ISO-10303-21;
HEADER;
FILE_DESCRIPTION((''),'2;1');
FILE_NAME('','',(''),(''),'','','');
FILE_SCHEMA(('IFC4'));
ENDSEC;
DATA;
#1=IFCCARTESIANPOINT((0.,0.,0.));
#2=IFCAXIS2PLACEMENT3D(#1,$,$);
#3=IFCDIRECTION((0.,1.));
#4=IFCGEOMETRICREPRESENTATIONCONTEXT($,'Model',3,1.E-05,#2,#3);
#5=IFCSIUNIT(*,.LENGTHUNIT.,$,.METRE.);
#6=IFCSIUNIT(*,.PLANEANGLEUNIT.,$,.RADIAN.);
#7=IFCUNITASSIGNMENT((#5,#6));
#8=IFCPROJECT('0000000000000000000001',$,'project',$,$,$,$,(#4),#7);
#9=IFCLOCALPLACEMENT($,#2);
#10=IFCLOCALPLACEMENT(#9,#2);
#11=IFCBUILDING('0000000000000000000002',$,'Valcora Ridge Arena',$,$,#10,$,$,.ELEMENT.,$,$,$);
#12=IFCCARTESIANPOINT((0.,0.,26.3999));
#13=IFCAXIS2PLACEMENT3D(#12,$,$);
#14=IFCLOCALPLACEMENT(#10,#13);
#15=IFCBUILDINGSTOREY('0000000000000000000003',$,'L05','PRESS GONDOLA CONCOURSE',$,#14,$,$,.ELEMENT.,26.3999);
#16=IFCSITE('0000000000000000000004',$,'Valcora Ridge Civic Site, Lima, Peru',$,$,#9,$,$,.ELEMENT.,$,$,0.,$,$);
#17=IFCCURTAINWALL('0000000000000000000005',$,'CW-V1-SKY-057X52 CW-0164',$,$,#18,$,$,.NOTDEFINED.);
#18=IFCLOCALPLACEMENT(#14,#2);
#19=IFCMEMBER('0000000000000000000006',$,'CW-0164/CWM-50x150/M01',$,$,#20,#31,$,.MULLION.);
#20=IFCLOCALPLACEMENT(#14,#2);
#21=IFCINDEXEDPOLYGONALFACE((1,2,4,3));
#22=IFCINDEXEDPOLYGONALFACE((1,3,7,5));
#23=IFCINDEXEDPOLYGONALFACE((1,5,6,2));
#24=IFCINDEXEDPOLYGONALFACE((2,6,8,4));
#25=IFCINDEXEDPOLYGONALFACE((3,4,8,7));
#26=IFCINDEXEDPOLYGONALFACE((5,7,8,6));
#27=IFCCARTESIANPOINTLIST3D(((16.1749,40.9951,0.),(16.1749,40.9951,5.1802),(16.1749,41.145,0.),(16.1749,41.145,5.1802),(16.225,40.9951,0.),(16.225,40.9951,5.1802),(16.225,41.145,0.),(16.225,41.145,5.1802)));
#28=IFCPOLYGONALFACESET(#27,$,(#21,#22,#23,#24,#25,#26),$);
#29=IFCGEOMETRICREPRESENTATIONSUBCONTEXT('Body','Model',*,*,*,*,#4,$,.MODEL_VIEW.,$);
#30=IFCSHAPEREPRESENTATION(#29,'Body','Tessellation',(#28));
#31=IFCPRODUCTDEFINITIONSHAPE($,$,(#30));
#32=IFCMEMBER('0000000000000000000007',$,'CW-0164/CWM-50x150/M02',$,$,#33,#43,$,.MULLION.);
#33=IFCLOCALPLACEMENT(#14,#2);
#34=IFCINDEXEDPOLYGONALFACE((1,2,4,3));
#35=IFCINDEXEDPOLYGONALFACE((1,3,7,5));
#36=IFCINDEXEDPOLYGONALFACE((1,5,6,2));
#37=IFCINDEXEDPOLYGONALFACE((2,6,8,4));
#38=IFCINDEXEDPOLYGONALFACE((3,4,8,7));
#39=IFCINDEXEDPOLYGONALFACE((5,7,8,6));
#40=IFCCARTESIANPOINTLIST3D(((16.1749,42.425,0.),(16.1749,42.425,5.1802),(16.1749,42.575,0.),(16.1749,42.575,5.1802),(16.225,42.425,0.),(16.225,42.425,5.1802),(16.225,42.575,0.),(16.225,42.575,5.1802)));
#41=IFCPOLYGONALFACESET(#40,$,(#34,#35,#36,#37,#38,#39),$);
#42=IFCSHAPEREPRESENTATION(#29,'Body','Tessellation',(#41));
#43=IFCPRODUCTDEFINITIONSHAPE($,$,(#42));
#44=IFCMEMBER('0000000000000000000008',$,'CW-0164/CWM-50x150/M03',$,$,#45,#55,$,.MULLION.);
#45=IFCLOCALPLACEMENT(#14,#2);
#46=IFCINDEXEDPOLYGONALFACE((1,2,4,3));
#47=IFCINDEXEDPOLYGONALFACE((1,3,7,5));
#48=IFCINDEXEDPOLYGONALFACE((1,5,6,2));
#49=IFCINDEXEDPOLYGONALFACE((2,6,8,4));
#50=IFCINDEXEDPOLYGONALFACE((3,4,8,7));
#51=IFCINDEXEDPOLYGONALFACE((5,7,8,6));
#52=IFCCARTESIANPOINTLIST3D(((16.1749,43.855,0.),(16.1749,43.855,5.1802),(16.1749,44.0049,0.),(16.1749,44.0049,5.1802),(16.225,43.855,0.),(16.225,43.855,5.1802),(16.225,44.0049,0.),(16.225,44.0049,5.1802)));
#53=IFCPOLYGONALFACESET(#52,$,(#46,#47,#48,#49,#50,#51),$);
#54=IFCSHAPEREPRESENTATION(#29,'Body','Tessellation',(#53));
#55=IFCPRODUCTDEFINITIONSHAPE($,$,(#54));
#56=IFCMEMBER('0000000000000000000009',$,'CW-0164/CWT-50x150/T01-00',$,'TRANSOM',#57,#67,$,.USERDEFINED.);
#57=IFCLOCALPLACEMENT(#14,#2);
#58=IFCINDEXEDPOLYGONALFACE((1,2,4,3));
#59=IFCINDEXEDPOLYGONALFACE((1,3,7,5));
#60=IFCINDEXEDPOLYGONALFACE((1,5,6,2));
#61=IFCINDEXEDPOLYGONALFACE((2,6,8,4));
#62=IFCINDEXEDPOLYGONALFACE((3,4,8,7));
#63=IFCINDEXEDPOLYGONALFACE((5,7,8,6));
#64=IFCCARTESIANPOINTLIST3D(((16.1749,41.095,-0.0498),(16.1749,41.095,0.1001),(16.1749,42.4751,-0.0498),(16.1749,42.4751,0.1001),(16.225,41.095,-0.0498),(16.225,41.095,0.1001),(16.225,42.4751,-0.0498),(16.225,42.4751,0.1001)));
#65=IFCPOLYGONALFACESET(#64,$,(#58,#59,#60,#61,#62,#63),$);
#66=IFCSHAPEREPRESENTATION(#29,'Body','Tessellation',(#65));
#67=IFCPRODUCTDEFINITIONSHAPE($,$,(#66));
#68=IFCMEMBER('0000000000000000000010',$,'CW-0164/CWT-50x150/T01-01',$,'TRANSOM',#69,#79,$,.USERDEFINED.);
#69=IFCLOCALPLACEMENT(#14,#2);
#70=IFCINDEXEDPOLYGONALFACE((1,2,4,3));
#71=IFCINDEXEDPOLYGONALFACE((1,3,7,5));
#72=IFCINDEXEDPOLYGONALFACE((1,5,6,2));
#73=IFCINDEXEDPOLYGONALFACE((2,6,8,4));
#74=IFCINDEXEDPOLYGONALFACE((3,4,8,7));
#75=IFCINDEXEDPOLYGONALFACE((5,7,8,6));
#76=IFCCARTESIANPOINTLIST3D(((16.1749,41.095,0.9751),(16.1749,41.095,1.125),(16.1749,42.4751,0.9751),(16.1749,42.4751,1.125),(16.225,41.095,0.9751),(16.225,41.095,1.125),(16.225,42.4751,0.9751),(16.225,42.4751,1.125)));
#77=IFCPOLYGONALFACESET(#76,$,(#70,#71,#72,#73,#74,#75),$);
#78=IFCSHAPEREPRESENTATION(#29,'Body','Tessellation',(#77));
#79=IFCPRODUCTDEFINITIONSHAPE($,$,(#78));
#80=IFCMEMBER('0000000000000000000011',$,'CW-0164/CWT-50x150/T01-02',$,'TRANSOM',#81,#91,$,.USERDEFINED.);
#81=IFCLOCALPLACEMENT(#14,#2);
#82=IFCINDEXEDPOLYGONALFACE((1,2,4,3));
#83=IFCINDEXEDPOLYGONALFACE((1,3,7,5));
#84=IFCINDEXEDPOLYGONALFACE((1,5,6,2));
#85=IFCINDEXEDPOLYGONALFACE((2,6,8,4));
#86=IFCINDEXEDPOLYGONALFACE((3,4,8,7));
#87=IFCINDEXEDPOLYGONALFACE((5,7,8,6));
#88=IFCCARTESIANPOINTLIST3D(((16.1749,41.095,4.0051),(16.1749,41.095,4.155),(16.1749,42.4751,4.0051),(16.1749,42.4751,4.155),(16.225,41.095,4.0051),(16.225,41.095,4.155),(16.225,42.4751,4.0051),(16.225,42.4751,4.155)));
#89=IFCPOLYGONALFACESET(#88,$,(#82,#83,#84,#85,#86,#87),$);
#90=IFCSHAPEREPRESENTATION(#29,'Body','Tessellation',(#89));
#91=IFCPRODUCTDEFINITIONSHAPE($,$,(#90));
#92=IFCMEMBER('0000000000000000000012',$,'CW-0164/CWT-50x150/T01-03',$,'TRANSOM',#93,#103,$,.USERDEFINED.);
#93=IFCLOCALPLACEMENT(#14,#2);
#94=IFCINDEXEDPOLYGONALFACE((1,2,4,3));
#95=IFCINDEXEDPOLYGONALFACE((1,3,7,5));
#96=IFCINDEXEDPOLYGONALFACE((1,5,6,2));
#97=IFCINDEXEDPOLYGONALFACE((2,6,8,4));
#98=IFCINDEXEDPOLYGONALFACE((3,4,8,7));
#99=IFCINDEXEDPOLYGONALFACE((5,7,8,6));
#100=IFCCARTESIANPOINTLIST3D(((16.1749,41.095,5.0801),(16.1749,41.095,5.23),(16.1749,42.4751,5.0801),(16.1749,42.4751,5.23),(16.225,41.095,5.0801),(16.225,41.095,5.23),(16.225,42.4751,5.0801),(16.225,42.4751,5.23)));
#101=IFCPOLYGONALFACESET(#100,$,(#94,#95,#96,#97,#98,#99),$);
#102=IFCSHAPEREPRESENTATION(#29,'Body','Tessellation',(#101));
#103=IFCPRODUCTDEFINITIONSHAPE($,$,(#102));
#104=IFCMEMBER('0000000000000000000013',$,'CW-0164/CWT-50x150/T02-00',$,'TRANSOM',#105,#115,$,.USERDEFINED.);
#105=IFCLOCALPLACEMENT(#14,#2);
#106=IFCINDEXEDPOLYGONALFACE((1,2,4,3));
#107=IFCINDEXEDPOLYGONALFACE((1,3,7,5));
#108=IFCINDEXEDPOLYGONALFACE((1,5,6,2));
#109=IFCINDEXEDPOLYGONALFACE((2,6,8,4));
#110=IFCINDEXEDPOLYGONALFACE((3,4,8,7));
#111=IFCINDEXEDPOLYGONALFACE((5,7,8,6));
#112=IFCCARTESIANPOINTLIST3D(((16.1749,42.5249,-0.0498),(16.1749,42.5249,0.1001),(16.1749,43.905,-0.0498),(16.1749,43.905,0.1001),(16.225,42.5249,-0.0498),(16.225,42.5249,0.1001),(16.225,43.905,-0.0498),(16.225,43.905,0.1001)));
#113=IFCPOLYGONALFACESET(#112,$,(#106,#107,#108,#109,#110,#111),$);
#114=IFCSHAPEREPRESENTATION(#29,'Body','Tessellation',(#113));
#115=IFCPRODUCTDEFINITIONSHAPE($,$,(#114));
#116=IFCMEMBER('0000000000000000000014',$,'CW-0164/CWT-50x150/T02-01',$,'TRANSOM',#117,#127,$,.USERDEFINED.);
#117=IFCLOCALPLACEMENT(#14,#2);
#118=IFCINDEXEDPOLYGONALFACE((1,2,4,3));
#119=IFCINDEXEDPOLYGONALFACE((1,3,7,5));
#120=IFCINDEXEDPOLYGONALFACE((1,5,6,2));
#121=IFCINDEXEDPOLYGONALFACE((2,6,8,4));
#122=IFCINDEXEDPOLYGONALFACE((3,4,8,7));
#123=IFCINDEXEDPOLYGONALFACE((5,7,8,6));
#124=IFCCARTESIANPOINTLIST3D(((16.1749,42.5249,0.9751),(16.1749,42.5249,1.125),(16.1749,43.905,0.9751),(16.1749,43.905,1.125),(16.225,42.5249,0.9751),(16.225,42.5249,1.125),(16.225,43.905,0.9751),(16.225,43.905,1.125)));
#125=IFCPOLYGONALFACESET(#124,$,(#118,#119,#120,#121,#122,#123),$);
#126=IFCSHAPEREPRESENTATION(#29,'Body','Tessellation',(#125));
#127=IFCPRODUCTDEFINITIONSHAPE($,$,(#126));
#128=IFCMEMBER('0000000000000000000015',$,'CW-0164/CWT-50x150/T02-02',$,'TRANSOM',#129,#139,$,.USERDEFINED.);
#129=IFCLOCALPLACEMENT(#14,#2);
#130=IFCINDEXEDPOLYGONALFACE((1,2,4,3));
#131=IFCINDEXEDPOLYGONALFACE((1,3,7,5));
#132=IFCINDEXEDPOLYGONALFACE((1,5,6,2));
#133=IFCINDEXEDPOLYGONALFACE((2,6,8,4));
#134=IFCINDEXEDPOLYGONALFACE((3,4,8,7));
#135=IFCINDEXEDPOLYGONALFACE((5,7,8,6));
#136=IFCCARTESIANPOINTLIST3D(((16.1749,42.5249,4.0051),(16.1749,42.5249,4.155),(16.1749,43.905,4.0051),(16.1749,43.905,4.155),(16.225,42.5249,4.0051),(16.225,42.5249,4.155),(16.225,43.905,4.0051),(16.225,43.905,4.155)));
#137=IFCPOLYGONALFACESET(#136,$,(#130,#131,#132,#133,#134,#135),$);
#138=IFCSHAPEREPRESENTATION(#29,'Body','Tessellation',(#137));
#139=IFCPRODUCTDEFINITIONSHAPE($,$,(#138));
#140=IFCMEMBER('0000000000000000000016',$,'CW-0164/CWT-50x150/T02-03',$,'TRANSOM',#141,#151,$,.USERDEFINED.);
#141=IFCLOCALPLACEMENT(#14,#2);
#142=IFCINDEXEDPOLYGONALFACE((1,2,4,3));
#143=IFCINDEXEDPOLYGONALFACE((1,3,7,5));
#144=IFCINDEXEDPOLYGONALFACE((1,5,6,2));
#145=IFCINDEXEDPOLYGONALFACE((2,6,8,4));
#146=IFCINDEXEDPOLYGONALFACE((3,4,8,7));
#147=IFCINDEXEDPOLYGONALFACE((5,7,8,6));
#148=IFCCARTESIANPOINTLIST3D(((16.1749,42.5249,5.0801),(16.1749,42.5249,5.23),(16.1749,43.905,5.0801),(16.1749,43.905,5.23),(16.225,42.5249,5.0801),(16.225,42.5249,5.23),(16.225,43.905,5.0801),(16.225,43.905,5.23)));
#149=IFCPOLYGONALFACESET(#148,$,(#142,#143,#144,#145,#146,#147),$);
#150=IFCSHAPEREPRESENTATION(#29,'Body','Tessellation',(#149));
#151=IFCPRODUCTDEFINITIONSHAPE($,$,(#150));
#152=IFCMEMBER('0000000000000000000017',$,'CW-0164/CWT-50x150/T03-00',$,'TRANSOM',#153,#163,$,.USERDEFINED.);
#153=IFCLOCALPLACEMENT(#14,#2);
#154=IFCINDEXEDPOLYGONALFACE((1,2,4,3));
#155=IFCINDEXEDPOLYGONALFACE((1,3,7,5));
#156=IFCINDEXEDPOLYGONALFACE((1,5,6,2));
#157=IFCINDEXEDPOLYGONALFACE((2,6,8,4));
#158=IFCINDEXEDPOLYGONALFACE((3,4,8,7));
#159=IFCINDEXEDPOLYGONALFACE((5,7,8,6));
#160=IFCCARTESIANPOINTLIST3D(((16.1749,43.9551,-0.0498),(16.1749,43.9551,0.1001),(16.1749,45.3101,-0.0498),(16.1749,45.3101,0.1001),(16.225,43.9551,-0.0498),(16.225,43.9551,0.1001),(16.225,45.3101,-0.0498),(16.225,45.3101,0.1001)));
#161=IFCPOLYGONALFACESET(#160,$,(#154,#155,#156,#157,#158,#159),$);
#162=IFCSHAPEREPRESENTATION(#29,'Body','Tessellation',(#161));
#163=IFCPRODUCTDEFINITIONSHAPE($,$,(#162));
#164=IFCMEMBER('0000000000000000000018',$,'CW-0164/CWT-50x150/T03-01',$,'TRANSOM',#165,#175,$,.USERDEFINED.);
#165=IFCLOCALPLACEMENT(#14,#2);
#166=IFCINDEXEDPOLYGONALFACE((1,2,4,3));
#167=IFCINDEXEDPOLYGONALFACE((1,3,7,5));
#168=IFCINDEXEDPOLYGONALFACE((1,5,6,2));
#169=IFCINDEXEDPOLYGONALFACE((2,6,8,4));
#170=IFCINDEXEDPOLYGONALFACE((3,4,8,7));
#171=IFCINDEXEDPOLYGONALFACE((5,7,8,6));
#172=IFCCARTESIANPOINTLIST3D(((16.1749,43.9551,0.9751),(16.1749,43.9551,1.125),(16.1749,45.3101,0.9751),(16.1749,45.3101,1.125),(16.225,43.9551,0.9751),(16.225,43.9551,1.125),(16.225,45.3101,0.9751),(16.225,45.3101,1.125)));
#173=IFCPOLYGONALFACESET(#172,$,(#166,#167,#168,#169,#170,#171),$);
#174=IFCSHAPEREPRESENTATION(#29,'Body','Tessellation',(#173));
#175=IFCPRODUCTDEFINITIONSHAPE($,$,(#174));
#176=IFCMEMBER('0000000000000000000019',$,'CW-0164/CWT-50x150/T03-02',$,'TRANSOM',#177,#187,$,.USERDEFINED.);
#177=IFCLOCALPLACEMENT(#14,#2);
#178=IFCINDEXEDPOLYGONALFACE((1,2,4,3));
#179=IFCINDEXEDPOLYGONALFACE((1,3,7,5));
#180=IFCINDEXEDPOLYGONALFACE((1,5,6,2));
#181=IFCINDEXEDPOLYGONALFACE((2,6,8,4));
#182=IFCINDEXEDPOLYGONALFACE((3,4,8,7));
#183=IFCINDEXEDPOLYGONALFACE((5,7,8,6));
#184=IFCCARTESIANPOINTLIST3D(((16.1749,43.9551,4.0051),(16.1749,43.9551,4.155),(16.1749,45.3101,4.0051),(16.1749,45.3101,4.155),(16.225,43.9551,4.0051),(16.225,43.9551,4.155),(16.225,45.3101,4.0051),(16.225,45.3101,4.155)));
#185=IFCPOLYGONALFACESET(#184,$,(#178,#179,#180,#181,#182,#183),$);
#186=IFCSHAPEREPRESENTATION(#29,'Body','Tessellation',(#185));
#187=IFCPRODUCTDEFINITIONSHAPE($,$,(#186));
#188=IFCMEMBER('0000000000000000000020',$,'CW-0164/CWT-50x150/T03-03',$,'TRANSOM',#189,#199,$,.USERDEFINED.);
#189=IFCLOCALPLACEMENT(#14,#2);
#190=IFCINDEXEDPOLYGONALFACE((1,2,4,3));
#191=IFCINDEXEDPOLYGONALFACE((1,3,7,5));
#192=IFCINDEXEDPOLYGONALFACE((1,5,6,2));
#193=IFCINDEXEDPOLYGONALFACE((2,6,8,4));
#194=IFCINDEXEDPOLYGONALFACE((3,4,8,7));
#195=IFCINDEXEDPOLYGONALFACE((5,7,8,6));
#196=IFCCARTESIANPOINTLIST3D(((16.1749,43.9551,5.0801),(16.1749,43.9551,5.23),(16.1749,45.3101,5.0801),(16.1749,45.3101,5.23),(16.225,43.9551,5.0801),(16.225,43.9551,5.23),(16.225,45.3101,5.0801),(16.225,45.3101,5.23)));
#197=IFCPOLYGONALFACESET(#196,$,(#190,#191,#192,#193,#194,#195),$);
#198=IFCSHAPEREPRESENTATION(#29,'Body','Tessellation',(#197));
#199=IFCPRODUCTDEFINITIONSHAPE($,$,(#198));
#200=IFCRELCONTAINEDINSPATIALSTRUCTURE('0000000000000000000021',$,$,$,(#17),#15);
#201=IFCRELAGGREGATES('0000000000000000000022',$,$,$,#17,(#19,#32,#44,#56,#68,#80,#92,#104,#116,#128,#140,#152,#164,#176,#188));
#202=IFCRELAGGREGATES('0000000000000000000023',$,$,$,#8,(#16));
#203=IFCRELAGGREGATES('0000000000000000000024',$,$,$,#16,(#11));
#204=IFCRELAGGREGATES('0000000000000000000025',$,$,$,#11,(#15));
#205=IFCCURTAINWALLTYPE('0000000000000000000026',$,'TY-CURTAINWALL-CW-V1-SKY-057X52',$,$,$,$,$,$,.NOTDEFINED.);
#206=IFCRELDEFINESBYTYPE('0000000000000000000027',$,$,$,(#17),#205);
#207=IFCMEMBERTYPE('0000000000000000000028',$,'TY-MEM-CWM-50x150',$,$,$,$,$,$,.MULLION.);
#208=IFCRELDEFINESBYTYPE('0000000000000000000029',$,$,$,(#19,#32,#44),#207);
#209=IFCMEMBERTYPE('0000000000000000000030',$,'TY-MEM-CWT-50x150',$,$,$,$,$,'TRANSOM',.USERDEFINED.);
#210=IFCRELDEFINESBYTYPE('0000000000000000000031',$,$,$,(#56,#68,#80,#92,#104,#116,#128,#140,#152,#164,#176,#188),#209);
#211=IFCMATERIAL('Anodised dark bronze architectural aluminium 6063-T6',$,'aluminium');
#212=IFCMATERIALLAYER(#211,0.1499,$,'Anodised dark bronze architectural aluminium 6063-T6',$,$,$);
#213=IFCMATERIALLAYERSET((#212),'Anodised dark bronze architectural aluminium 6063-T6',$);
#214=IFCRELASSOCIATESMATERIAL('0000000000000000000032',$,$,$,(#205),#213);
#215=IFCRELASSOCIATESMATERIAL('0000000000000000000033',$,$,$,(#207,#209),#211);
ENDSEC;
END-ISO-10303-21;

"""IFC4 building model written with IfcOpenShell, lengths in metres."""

from ifc_helpers import new_model, si_unit, direction, frame, origin, origin_2d, place, context, subcontext, project, spatial, rectangle, extrude, material, layer, layer_set, material_profile, profile_set, type_object, element, aggregate, save


model = new_model("IFC4")

# Units and contexts
model_context = context("Model", 3, precision=1e-05, world=origin(), true_north=direction((0.0, 1.0)))
body_context = subcontext(model_context, "Body", "Model", "MODEL_VIEW")
ifc_project = project(units=[si_unit("LENGTHUNIT", "METRE"), si_unit("PLANEANGLEUNIT", "RADIAN")], contexts=[model_context])

# Site, building, storey
site_placement = place(None, origin())
site = spatial("IfcSite", under=ifc_project, at=site_placement, Name="Valcora Ridge Civic Site, Lima, Peru", CompositionType="ELEMENT", RefElevation=0.0)
building_placement = place(site_placement, origin())
building = spatial("IfcBuilding", under=site, at=building_placement, Name="Valcora Ridge Arena", CompositionType="ELEMENT")
storey_placement = place(building_placement, frame((0.0, 0.0, 26.3999)))
storey = spatial("IfcBuildingStorey", under=building, at=storey_placement, Name="L05", Description="PRESS GONDOLA CONCOURSE", CompositionType="ELEMENT", Elevation=26.3999)

# Curtain wall, members
ifc_material_1 = material(Name="Anodised dark bronze architectural aluminium 6063-T6", Category="aluminium")
ifc_layer_1 = layer(ifc_material_1, 0.1499, Name="Anodised dark bronze architectural aluminium 6063-T6")
ifc_layer_set_1 = layer_set([ifc_layer_1], Name="Anodised dark bronze architectural aluminium 6063-T6")
curtain_wall_type = type_object("IfcCurtainWallType", Name="TY-CURTAINWALL-CW-V1-SKY-057X52", PredefinedType="NOTDEFINED", material=ifc_layer_set_1)
curtain_wall_placement = place(storey_placement, origin())
curtain_wall = element("IfcCurtainWall", 1, at=curtain_wall_placement, inside=storey, type_object=curtain_wall_type, Name="CW-V1-SKY-057X52 CW-0164", PredefinedType="NOTDEFINED")
ifc_material_profile_1 = material_profile(ifc_material_1, rectangle(XDim=0.05, YDim=0.1499, at=origin_2d()), Name="ALU MULLION 50x150")
ifc_profile_set_1 = profile_set([ifc_material_profile_1], Name="Anodised dark bronze architectural aluminium 6063-T6")
member_type_1 = type_object("IfcMemberType", Name="TY-MEM-CWM-50x150", PredefinedType="MULLION", material=ifc_profile_set_1)
member_1_placement = place(storey_placement, frame((16.2, 41.0701, 0.0), z_axis=(0.0, 0.0, 1.0), x_axis=(-1.0, 0.0, 0.0)))
member_1 = element("IfcMember", 2, at=member_1_placement, type_object=member_type_1, Name="CW-0164/CWM-50x150/M01", PredefinedType="MULLION", context=body_context, shape_type="SweptSolid", body=[
    extrude(rectangle(XDim=0.05, YDim=0.1499, at=origin_2d()), origin(), (0.0, 0.0, 1.0), 5.1802),
])
member_2_placement = place(storey_placement, frame((16.2, 42.5, 0.0), z_axis=(0.0, 0.0, 1.0), x_axis=(-1.0, 0.0, 0.0)))
member_2 = element("IfcMember", 3, at=member_2_placement, type_object=member_type_1, Name="CW-0164/CWM-50x150/M02", PredefinedType="MULLION", context=body_context, shape_type="SweptSolid", body=[
    extrude(rectangle(XDim=0.05, YDim=0.1499, at=origin_2d()), origin(), (0.0, 0.0, 1.0), 5.1802),
])
member_3_placement = place(storey_placement, frame((16.2, 43.9299, 0.0), z_axis=(0.0, 0.0, 1.0), x_axis=(-1.0, 0.0, 0.0)))
member_3 = element("IfcMember", 4, at=member_3_placement, type_object=member_type_1, Name="CW-0164/CWM-50x150/M03", PredefinedType="MULLION", context=body_context, shape_type="SweptSolid", body=[
    extrude(rectangle(XDim=0.05, YDim=0.1499, at=origin_2d()), origin(), (0.0, 0.0, 1.0), 5.1802),
])
ifc_material_profile_2 = material_profile(ifc_material_1, rectangle(XDim=0.05, YDim=0.1499, at=origin_2d()), Name="ALU TRANSOM 50x150")
ifc_profile_set_2 = profile_set([ifc_material_profile_2], Name="Anodised dark bronze architectural aluminium 6063-T6")
member_type_2 = type_object("IfcMemberType", Name="TY-MEM-CWT-50x150", ElementType="TRANSOM", PredefinedType="USERDEFINED", material=ifc_profile_set_2)
member_4_placement = place(storey_placement, frame((16.2, 41.095, 0.0251), z_axis=(0.0, 1.0, 0.0), x_axis=(-1.0, 0.0, 0.0)))
member_4 = element("IfcMember", 5, at=member_4_placement, type_object=member_type_2, Name="CW-0164/CWT-50x150/T01-00", ObjectType="TRANSOM", PredefinedType="USERDEFINED", context=body_context, shape_type="SweptSolid", body=[
    extrude(rectangle(XDim=0.05, YDim=0.1499, at=origin_2d()), origin(), (0.0, 0.0, 1.0), 1.3801),
])
member_5_placement = place(storey_placement, frame((16.2, 41.095, 1.05), z_axis=(0.0, 1.0, 0.0), x_axis=(-1.0, 0.0, 0.0)))
member_5 = element("IfcMember", 6, at=member_5_placement, type_object=member_type_2, Name="CW-0164/CWT-50x150/T01-01", ObjectType="TRANSOM", PredefinedType="USERDEFINED", context=body_context, shape_type="SweptSolid", body=[
    extrude(rectangle(XDim=0.05, YDim=0.1499, at=origin_2d()), origin(), (0.0, 0.0, 1.0), 1.3801),
])
member_6_placement = place(storey_placement, frame((16.2, 41.095, 4.0801), z_axis=(0.0, 1.0, 0.0), x_axis=(-1.0, 0.0, 0.0)))
member_6 = element("IfcMember", 7, at=member_6_placement, type_object=member_type_2, Name="CW-0164/CWT-50x150/T01-02", ObjectType="TRANSOM", PredefinedType="USERDEFINED", context=body_context, shape_type="SweptSolid", body=[
    extrude(rectangle(XDim=0.05, YDim=0.1499, at=origin_2d()), origin(), (0.0, 0.0, 1.0), 1.3801),
])
member_7_placement = place(storey_placement, frame((16.2, 41.095, 5.155), z_axis=(0.0, 1.0, 0.0), x_axis=(-1.0, 0.0, 0.0)))
member_7 = element("IfcMember", 8, at=member_7_placement, type_object=member_type_2, Name="CW-0164/CWT-50x150/T01-03", ObjectType="TRANSOM", PredefinedType="USERDEFINED", context=body_context, shape_type="SweptSolid", body=[
    extrude(rectangle(XDim=0.05, YDim=0.1499, at=origin_2d()), origin(), (0.0, 0.0, 1.0), 1.3801),
])
member_8_placement = place(storey_placement, frame((16.2, 42.5249, 0.0251), z_axis=(0.0, 1.0, 0.0), x_axis=(-1.0, 0.0, 0.0)))
member_8 = element("IfcMember", 9, at=member_8_placement, type_object=member_type_2, Name="CW-0164/CWT-50x150/T02-00", ObjectType="TRANSOM", PredefinedType="USERDEFINED", context=body_context, shape_type="SweptSolid", body=[
    extrude(rectangle(XDim=0.05, YDim=0.1499, at=origin_2d()), origin(), (0.0, 0.0, 1.0), 1.3801),
])
member_9_placement = place(storey_placement, frame((16.2, 42.5249, 1.05), z_axis=(0.0, 1.0, 0.0), x_axis=(-1.0, 0.0, 0.0)))
member_9 = element("IfcMember", 10, at=member_9_placement, type_object=member_type_2, Name="CW-0164/CWT-50x150/T02-01", ObjectType="TRANSOM", PredefinedType="USERDEFINED", context=body_context, shape_type="SweptSolid", body=[
    extrude(rectangle(XDim=0.05, YDim=0.1499, at=origin_2d()), origin(), (0.0, 0.0, 1.0), 1.3801),
])
member_10_placement = place(storey_placement, frame((16.2, 42.5249, 4.0801), z_axis=(0.0, 1.0, 0.0), x_axis=(-1.0, 0.0, 0.0)))
member_10 = element("IfcMember", 11, at=member_10_placement, type_object=member_type_2, Name="CW-0164/CWT-50x150/T02-02", ObjectType="TRANSOM", PredefinedType="USERDEFINED", context=body_context, shape_type="SweptSolid", body=[
    extrude(rectangle(XDim=0.05, YDim=0.1499, at=origin_2d()), origin(), (0.0, 0.0, 1.0), 1.3801),
])
member_11_placement = place(storey_placement, frame((16.2, 42.5249, 5.155), z_axis=(0.0, 1.0, 0.0), x_axis=(-1.0, 0.0, 0.0)))
member_11 = element("IfcMember", 12, at=member_11_placement, type_object=member_type_2, Name="CW-0164/CWT-50x150/T02-03", ObjectType="TRANSOM", PredefinedType="USERDEFINED", context=body_context, shape_type="SweptSolid", body=[
    extrude(rectangle(XDim=0.05, YDim=0.1499, at=origin_2d()), origin(), (0.0, 0.0, 1.0), 1.3801),
])
member_12_placement = place(storey_placement, frame((16.2, 43.9551, 0.0251), z_axis=(0.0, 1.0, 0.0), x_axis=(-1.0, 0.0, 0.0)))
member_12 = element("IfcMember", 13, at=member_12_placement, type_object=member_type_2, Name="CW-0164/CWT-50x150/T03-00", ObjectType="TRANSOM", PredefinedType="USERDEFINED", context=body_context, shape_type="SweptSolid", body=[
    extrude(rectangle(XDim=0.05, YDim=0.1499, at=origin_2d()), origin(), (0.0, 0.0, 1.0), 1.355),
])
member_13_placement = place(storey_placement, frame((16.2, 43.9551, 1.05), z_axis=(0.0, 1.0, 0.0), x_axis=(-1.0, 0.0, 0.0)))
member_13 = element("IfcMember", 14, at=member_13_placement, type_object=member_type_2, Name="CW-0164/CWT-50x150/T03-01", ObjectType="TRANSOM", PredefinedType="USERDEFINED", context=body_context, shape_type="SweptSolid", body=[
    extrude(rectangle(XDim=0.05, YDim=0.1499, at=origin_2d()), origin(), (0.0, 0.0, 1.0), 1.355),
])
member_14_placement = place(storey_placement, frame((16.2, 43.9551, 4.0801), z_axis=(0.0, 1.0, 0.0), x_axis=(-1.0, 0.0, 0.0)))
member_14 = element("IfcMember", 15, at=member_14_placement, type_object=member_type_2, Name="CW-0164/CWT-50x150/T03-02", ObjectType="TRANSOM", PredefinedType="USERDEFINED", context=body_context, shape_type="SweptSolid", body=[
    extrude(rectangle(XDim=0.05, YDim=0.1499, at=origin_2d()), origin(), (0.0, 0.0, 1.0), 1.355),
])
member_15_placement = place(storey_placement, frame((16.2, 43.9551, 5.155), z_axis=(0.0, 1.0, 0.0), x_axis=(-1.0, 0.0, 0.0)))
member_15 = element("IfcMember", 16, at=member_15_placement, type_object=member_type_2, Name="CW-0164/CWT-50x150/T03-03", ObjectType="TRANSOM", PredefinedType="USERDEFINED", context=body_context, shape_type="SweptSolid", body=[
    extrude(rectangle(XDim=0.05, YDim=0.1499, at=origin_2d()), origin(), (0.0, 0.0, 1.0), 1.355),
])
aggregate(curtain_wall, [member_1, member_2, member_3, member_4, member_5, member_6, member_7, member_8, member_9, member_10, member_11, member_12, member_13, member_14, member_15])

save(model, "model.ifc")
